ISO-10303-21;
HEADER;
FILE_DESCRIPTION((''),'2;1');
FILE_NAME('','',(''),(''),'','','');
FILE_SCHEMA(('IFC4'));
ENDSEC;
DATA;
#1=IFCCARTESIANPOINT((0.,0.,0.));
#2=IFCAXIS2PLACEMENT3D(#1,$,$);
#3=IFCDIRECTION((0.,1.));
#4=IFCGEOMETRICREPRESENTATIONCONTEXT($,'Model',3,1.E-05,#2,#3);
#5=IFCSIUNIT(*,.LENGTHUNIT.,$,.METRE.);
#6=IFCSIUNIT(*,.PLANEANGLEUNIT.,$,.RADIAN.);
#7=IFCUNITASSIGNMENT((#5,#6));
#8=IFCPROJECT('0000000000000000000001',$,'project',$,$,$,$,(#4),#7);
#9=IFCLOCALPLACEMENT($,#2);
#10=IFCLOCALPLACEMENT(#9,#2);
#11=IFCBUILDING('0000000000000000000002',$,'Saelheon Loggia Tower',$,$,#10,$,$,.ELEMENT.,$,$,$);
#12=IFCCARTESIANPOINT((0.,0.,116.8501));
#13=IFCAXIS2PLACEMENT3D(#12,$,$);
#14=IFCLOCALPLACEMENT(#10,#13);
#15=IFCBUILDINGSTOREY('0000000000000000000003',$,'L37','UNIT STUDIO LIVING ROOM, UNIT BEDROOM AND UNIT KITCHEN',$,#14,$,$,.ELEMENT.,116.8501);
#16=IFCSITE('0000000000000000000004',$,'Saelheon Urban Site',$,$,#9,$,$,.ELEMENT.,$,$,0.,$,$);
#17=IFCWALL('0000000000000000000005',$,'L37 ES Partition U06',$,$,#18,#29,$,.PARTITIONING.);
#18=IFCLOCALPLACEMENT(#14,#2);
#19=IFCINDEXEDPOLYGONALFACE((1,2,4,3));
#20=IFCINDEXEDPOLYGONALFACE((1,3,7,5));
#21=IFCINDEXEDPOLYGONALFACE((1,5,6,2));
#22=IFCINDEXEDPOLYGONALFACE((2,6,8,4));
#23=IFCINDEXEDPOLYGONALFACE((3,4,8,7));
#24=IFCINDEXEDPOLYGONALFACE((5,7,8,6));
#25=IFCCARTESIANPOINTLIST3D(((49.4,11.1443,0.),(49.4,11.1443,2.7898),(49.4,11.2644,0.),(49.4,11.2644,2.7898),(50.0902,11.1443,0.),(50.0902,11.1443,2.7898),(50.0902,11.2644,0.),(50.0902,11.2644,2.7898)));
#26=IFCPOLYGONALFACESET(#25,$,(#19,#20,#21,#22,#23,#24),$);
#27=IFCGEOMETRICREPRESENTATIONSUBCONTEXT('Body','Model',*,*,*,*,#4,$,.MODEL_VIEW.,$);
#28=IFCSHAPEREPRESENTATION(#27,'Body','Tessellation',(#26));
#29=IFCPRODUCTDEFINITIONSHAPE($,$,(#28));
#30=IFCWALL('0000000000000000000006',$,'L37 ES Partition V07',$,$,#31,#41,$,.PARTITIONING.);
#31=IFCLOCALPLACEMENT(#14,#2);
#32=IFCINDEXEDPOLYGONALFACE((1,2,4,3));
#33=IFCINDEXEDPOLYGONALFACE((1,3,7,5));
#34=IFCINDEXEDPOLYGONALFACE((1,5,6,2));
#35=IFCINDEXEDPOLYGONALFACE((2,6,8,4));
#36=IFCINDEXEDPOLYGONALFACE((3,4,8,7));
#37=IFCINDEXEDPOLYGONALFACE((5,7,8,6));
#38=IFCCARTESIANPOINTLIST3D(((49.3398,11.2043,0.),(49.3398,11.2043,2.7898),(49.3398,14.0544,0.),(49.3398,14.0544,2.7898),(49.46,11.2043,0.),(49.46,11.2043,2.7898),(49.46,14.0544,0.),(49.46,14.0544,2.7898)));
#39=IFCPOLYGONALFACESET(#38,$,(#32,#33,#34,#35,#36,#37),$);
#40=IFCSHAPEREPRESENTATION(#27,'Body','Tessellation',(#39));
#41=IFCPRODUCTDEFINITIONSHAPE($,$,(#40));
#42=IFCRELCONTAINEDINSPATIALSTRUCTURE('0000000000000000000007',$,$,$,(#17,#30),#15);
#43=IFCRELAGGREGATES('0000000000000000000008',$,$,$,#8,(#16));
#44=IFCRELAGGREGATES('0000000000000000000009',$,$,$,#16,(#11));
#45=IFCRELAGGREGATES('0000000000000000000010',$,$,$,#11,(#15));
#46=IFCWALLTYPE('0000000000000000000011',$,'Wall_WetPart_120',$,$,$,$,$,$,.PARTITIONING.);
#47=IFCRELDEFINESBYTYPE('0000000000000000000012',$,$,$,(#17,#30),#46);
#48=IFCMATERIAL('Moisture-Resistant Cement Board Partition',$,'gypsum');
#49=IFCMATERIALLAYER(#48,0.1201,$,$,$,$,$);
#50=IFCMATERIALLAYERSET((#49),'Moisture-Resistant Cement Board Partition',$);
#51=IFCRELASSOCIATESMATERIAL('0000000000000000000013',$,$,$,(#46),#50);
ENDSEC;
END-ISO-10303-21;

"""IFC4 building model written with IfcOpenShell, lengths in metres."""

from ifc_helpers import new_model, si_unit, direction, frame, frame_2d, origin, place, context, subcontext, project, spatial, rectangle, extrude, material, layer, layer_set, type_object, element, save


model = new_model("IFC4")

# Units and contexts
model_context = context("Model", 3, precision=1e-05, world=origin(), true_north=direction((0.0, 1.0)))
body_context = subcontext(model_context, "Body", "Model", "MODEL_VIEW")
ifc_project = project(units=[si_unit("LENGTHUNIT", "METRE"), si_unit("PLANEANGLEUNIT", "RADIAN")], contexts=[model_context])

# Site, building, storey
site_placement = place(None, origin())
site = spatial("IfcSite", under=ifc_project, at=site_placement, Name="Saelheon Urban Site", CompositionType="ELEMENT", RefElevation=0.0)
building_placement = place(site_placement, origin())
building = spatial("IfcBuilding", under=site, at=building_placement, Name="Saelheon Loggia Tower", CompositionType="ELEMENT")
storey_placement = place(building_placement, frame((0.0, 0.0, 116.8501)))
storey = spatial("IfcBuildingStorey", under=building, at=storey_placement, Name="L37", Description="UNIT STUDIO LIVING ROOM, UNIT BEDROOM AND UNIT KITCHEN", CompositionType="ELEMENT", Elevation=116.8501)

# Shared definitions
ifc_material_1 = material(Name="Moisture-Resistant Cement Board Partition", Category="gypsum")
ifc_layer_1 = layer(ifc_material_1, 0.1201)
ifc_layer_set_1 = layer_set([ifc_layer_1], Name="Moisture-Resistant Cement Board Partition")
wall_type_1 = type_object("IfcWallType", Name="Wall_WetPart_120", PredefinedType="PARTITIONING", material=ifc_layer_set_1)

# Walls
wall_1_placement = place(storey_placement, frame((49.3999, 11.2043, 0.0), z_axis=(0.0, 0.0, 1.0), x_axis=(1.0, 0.0, 0.0)))
element("IfcWall", 1, at=wall_1_placement, inside=storey, type_object=wall_type_1, Name="L37 ES Partition U06", PredefinedType="PARTITIONING", context=body_context, shape_type="SweptSolid", body=[
    extrude(rectangle(XDim=0.6902, YDim=0.1201, at=frame_2d((0.3452, 0.0))), origin(), (0.0, 0.0, 1.0), 2.7898),
])
wall_2_placement = place(storey_placement, frame((49.3999, 11.2043, 0.0), z_axis=(0.0, 0.0, 1.0), x_axis=(0.0, 1.0, 0.0)))
element("IfcWall", 2, at=wall_2_placement, inside=storey, type_object=wall_type_1, Name="L37 ES Partition V07", PredefinedType="PARTITIONING", context=body_context, shape_type="SweptSolid", body=[
    extrude(rectangle(XDim=2.8501, YDim=0.1201, at=frame_2d((1.425, 0.0))), origin(), (0.0, 0.0, 1.0), 2.7898),
])

save(model, "model.ifc")
